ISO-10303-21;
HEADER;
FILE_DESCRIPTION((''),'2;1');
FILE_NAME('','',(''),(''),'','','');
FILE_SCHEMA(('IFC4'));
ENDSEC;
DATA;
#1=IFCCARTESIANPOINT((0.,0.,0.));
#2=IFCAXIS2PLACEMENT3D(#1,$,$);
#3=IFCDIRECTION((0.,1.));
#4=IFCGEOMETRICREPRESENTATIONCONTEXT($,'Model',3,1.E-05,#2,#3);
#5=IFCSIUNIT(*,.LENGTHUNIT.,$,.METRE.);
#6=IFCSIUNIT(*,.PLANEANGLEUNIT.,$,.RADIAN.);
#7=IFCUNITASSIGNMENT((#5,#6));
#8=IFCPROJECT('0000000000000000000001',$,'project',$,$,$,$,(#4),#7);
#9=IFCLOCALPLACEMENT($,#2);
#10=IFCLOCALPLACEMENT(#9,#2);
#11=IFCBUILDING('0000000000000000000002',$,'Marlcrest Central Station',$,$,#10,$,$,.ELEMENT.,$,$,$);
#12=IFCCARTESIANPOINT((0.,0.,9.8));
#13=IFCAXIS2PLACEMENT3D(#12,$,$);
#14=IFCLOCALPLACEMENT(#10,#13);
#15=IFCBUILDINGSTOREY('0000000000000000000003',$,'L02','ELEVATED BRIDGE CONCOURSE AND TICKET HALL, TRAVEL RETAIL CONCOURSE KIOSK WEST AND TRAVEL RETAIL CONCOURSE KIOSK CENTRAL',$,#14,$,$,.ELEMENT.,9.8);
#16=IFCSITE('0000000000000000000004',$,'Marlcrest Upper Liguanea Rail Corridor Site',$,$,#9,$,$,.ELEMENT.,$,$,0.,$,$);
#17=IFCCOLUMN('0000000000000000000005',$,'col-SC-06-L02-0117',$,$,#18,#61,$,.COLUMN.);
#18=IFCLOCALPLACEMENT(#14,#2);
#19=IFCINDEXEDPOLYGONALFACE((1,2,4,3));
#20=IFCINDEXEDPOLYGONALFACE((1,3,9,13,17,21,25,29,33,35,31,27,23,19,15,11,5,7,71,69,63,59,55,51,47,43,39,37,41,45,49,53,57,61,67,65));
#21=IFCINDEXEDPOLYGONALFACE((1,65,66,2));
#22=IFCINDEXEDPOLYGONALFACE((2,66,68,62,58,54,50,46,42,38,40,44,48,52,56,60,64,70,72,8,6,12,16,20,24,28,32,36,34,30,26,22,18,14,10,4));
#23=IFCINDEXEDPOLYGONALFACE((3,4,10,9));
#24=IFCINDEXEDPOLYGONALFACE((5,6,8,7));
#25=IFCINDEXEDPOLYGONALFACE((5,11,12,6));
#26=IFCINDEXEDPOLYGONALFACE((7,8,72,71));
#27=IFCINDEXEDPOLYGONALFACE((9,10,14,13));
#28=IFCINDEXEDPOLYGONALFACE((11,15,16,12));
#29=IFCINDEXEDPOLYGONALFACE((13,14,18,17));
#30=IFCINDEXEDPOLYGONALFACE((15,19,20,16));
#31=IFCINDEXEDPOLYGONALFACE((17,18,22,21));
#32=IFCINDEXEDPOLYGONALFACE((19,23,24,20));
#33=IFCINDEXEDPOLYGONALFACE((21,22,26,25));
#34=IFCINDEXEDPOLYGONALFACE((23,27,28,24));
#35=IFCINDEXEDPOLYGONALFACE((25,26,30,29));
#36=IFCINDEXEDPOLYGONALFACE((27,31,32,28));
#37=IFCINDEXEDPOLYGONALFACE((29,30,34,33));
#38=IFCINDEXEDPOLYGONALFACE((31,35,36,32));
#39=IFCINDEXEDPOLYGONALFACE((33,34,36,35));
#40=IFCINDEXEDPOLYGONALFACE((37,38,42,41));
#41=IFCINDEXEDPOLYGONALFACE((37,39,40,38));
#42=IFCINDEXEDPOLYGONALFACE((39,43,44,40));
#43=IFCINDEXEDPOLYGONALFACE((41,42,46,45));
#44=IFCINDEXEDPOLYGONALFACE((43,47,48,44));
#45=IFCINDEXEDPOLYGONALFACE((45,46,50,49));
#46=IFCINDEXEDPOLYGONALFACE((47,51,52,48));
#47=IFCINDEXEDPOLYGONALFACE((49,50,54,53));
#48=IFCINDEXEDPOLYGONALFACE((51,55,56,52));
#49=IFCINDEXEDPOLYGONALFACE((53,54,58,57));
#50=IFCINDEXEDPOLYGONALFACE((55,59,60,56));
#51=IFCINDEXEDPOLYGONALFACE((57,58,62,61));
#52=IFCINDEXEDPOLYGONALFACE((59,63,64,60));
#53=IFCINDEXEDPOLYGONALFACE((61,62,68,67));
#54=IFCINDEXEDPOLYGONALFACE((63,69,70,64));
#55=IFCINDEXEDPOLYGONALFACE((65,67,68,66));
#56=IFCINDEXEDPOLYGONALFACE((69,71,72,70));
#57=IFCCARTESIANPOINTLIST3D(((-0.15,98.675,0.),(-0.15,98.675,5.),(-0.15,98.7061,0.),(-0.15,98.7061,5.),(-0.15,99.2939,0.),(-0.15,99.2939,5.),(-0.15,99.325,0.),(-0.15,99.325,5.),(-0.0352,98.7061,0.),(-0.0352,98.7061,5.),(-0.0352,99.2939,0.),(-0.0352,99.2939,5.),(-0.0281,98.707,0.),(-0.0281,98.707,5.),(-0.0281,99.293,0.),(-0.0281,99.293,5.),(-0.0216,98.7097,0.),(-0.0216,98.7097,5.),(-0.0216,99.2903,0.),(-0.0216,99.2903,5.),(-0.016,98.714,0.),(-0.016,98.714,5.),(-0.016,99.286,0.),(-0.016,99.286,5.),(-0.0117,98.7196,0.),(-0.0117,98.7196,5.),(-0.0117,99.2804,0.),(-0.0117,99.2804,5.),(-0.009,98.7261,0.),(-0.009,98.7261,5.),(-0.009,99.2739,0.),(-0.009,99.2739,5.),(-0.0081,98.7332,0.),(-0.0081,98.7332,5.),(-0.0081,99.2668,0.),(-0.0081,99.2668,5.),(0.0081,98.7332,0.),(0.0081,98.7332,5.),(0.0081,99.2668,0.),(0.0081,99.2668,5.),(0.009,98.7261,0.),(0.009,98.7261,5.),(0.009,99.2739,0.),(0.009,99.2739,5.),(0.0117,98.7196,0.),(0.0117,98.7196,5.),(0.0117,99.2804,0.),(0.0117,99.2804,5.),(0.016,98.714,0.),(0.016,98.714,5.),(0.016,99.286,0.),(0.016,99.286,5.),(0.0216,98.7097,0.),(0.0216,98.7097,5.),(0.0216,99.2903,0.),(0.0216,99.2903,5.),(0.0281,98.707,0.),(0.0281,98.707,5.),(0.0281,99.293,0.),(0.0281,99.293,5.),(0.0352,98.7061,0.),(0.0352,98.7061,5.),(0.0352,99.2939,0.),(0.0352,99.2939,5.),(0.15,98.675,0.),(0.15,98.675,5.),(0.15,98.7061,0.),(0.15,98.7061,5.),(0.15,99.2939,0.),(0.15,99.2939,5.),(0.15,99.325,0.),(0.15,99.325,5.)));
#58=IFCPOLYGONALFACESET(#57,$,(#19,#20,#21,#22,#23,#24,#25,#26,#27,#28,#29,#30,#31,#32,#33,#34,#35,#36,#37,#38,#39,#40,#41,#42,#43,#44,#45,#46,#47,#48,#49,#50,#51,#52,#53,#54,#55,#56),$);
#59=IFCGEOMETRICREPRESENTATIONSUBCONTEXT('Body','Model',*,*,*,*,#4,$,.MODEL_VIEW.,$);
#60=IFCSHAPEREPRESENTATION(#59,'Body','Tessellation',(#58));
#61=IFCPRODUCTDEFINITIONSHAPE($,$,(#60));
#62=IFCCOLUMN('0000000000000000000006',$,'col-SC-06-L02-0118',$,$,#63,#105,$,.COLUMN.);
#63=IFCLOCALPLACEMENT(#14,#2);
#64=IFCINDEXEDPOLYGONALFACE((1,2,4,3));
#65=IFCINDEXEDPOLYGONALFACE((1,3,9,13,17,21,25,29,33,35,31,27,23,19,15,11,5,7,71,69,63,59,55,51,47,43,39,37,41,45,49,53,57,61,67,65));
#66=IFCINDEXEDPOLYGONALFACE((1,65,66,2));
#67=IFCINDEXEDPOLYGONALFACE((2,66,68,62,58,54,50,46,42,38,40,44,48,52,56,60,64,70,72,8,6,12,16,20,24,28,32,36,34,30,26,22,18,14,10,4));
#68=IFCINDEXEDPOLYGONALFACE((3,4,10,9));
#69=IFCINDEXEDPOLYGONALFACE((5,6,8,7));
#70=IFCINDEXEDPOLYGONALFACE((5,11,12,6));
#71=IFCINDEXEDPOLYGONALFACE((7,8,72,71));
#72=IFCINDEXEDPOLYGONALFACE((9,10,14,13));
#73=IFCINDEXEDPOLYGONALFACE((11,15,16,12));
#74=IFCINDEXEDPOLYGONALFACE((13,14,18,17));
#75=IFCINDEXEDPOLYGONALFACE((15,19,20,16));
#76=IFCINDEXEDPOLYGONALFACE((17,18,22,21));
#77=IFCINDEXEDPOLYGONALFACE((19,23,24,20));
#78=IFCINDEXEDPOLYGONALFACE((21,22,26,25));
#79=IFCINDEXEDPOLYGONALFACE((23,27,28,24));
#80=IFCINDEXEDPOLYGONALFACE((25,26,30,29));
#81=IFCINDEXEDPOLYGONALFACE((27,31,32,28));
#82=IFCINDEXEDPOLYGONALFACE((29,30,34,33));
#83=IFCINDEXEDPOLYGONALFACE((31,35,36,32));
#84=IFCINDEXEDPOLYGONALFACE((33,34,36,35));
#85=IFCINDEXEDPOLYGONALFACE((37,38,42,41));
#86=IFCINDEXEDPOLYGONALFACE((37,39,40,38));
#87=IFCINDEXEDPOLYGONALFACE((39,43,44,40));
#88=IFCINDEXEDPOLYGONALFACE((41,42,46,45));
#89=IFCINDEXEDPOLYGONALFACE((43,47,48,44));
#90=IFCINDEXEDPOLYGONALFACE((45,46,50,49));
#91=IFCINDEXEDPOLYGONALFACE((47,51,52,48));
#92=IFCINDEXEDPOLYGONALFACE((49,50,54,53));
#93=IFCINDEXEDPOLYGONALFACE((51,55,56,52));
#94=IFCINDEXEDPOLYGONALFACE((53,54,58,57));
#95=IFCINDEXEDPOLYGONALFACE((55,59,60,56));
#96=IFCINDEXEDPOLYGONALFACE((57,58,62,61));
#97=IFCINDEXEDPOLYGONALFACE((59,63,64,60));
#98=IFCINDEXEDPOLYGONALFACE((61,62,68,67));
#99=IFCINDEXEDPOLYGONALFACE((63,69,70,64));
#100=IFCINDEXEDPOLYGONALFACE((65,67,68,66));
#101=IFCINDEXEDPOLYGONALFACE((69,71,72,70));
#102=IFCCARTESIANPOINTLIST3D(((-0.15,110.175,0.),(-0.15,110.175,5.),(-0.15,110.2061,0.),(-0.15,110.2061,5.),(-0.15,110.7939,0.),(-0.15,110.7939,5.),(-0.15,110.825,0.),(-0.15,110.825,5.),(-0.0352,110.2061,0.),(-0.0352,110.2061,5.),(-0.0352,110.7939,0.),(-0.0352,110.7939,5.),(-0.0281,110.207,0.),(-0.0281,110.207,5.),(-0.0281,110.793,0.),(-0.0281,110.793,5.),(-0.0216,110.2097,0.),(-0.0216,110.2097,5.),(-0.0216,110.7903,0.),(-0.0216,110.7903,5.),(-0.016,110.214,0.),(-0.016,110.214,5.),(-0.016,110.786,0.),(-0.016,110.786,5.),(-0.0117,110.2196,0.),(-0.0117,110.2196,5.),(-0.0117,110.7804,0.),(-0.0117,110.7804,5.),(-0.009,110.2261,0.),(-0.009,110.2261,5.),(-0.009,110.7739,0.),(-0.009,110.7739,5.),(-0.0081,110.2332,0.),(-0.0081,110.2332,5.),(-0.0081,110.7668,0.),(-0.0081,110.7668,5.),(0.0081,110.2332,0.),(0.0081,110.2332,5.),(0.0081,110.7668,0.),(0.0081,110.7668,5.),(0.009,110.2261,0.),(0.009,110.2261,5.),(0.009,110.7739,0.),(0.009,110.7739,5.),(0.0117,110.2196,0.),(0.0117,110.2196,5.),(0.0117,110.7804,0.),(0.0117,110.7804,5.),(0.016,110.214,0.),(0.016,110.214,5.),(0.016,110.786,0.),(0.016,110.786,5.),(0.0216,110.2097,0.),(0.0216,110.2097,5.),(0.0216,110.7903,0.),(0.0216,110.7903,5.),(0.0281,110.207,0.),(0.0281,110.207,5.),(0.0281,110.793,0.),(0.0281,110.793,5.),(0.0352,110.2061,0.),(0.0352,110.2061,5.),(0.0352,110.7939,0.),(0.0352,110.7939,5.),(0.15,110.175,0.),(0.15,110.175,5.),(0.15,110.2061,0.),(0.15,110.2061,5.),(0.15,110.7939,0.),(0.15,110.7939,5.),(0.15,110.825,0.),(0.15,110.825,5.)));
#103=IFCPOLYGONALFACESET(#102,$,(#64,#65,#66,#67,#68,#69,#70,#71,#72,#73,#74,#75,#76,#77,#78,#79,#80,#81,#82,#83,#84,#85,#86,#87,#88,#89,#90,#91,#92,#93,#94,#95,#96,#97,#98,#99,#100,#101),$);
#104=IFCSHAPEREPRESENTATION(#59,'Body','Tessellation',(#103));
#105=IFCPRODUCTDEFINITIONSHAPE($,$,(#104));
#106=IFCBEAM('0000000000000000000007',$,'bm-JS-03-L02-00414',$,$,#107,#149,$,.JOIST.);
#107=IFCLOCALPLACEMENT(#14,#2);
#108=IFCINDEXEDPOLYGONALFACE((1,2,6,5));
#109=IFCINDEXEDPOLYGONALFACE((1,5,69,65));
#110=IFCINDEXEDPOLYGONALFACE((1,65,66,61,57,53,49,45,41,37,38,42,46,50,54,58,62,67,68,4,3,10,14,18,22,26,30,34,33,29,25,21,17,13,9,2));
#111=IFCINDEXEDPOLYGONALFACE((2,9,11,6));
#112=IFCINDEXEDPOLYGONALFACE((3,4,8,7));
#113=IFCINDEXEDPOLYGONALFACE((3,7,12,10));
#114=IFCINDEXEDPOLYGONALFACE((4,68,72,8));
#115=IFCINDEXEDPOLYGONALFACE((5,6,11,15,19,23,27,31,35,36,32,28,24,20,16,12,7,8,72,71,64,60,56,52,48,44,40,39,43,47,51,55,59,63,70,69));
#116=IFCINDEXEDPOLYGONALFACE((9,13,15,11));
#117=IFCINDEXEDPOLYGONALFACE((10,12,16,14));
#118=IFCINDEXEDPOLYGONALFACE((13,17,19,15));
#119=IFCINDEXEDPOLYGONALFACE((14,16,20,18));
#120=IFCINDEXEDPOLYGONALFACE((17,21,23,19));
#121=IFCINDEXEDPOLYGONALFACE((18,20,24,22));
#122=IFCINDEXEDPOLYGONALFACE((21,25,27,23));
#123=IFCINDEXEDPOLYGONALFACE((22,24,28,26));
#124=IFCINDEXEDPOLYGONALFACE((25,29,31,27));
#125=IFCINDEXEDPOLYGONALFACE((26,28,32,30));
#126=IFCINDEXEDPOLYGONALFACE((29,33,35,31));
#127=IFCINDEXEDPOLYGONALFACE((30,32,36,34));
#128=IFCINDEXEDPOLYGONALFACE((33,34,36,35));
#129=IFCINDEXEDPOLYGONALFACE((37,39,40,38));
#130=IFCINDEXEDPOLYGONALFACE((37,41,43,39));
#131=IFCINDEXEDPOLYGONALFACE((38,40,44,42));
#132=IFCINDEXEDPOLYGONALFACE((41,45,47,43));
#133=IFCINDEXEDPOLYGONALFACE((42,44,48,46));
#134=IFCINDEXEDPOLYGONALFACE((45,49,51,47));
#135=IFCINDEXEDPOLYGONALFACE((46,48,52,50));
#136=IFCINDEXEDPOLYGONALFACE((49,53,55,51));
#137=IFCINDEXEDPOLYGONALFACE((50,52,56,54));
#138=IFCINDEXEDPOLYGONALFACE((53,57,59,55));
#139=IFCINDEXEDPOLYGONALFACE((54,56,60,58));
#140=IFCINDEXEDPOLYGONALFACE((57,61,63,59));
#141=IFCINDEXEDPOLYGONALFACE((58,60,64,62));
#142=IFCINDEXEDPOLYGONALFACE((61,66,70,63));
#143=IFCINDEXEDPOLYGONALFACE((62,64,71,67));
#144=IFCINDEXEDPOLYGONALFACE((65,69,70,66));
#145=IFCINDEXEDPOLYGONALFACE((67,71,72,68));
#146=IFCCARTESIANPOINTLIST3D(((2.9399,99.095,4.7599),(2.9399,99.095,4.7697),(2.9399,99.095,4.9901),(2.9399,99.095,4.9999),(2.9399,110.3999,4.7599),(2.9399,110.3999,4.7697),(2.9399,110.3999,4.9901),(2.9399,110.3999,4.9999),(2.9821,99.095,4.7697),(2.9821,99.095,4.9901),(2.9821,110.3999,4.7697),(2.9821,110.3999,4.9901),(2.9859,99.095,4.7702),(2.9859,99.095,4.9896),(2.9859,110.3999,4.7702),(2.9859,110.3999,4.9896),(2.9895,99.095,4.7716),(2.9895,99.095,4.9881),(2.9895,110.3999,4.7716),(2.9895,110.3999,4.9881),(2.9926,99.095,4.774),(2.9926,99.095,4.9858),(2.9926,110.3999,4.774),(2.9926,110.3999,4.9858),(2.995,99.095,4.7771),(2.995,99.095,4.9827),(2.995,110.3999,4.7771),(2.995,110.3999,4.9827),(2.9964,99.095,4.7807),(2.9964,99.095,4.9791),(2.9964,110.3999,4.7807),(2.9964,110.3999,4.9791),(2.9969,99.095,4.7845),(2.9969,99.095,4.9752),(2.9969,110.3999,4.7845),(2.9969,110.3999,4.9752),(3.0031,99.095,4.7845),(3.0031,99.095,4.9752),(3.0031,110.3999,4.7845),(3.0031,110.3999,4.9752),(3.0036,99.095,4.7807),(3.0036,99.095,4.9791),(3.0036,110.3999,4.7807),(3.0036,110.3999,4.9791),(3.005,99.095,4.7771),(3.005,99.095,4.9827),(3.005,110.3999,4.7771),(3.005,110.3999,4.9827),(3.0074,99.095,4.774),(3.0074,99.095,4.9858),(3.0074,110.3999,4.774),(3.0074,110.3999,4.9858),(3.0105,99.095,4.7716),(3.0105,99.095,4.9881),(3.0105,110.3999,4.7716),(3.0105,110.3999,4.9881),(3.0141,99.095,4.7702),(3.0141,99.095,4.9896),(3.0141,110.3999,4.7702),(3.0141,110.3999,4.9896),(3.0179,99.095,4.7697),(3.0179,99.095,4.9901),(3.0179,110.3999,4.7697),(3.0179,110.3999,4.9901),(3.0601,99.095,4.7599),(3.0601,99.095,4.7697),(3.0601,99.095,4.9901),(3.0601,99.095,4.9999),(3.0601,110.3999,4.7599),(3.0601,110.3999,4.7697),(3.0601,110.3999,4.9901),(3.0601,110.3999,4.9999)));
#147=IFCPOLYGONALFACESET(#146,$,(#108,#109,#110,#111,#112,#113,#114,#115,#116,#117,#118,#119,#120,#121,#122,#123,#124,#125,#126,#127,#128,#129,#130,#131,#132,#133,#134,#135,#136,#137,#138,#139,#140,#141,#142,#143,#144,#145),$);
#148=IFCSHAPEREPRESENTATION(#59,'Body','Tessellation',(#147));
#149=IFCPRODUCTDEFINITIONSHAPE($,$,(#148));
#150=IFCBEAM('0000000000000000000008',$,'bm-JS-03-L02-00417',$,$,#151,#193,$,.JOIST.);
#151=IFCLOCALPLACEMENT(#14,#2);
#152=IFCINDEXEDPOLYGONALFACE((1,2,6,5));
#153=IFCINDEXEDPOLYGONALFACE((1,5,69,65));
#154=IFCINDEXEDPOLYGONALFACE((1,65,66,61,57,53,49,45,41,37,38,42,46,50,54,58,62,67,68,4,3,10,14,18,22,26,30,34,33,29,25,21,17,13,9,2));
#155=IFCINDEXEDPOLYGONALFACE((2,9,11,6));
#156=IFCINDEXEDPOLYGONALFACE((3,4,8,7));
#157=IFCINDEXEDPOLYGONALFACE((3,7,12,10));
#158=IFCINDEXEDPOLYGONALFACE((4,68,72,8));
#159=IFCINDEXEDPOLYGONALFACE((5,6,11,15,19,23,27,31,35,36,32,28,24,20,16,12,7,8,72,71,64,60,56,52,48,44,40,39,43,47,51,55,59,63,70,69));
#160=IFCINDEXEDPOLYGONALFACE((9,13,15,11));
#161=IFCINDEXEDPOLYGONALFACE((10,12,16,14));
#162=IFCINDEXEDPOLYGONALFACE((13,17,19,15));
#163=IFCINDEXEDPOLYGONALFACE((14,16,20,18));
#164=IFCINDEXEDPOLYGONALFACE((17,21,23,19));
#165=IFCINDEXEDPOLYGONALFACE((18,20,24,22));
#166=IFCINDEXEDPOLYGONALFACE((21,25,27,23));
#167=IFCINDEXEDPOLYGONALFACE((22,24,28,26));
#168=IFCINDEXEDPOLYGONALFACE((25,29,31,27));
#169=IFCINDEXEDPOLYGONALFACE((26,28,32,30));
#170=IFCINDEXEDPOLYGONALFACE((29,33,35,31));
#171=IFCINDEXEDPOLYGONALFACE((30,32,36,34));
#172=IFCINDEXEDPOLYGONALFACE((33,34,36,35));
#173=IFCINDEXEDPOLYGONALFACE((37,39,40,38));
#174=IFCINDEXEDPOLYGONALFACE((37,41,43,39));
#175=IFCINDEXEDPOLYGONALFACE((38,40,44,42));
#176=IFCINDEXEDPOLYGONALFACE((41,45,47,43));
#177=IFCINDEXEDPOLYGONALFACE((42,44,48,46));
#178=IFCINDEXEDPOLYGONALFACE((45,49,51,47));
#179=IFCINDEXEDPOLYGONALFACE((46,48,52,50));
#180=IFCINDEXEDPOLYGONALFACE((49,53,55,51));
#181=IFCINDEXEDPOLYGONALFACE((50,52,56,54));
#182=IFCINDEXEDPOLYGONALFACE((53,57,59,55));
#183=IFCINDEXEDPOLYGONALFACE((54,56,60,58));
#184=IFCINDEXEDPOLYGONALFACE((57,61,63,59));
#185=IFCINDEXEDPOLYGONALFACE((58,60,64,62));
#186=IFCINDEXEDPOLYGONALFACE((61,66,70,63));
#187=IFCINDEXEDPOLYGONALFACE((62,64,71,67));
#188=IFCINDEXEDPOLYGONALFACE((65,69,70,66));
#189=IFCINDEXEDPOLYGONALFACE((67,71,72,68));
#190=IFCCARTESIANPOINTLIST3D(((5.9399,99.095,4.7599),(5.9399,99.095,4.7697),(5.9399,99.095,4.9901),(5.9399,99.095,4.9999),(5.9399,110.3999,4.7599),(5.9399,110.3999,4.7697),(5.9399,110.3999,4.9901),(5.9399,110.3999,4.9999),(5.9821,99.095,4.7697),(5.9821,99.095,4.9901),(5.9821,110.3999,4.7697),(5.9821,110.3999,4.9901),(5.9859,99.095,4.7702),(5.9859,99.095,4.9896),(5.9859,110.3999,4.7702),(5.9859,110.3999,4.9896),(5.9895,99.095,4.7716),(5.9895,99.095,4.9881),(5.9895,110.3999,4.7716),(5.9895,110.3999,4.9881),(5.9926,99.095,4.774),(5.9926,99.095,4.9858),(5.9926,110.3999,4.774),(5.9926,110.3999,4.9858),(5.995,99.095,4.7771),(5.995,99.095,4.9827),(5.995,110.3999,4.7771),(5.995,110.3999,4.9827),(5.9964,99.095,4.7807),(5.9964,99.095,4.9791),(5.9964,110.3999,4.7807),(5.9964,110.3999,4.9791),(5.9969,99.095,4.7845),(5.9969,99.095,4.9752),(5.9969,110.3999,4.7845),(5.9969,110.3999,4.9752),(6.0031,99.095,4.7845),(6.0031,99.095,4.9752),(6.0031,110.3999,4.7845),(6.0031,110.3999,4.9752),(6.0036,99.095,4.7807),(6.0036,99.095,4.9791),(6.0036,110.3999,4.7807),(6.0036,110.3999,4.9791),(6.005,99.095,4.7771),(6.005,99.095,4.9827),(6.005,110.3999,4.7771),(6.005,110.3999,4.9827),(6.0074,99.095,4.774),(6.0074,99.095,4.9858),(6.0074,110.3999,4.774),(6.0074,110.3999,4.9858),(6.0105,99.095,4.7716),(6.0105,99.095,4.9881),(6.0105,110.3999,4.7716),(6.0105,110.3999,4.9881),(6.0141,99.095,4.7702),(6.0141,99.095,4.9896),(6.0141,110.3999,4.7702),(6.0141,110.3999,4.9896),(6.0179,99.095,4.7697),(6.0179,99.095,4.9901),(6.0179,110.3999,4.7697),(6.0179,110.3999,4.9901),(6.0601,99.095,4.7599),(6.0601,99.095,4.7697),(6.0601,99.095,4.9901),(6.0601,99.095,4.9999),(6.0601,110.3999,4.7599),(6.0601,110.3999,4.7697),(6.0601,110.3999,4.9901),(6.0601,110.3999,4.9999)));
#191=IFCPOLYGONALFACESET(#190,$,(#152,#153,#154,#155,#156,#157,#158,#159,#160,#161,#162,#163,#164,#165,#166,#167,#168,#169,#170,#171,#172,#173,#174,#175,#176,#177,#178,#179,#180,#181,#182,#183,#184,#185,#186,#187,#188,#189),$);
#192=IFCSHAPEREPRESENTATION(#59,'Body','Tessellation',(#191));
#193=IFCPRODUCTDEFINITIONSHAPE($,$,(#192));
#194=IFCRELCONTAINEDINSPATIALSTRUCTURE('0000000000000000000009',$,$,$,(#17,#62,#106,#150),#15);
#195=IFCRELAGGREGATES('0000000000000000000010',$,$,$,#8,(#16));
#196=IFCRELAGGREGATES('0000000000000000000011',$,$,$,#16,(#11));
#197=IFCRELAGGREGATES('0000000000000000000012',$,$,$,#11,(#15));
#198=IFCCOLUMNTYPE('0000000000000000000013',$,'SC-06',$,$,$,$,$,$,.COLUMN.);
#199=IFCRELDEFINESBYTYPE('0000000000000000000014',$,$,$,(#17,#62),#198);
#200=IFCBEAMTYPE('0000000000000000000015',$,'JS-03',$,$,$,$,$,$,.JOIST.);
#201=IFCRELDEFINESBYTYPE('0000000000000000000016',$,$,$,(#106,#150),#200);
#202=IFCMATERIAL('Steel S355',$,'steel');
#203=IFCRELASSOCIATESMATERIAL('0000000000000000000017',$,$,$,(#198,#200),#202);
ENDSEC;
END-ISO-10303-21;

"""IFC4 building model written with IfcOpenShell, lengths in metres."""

from ifc_helpers import new_model, si_unit, direction, frame, origin, origin_2d, place, context, subcontext, project, spatial, i_section, extrude, material, material_profile, profile_set, type_object, element, save


model = new_model("IFC4")

# Units and contexts
model_context = context("Model", 3, precision=1e-05, world=origin(), true_north=direction((0.0, 1.0)))
body_context = subcontext(model_context, "Body", "Model", "MODEL_VIEW")
ifc_project = project(units=[si_unit("LENGTHUNIT", "METRE"), si_unit("PLANEANGLEUNIT", "RADIAN")], contexts=[model_context])

# Site, building, storey
site_placement = place(None, origin())
site = spatial("IfcSite", under=ifc_project, at=site_placement, Name="Marlcrest Upper Liguanea Rail Corridor Site", CompositionType="ELEMENT", RefElevation=0.0)
building_placement = place(site_placement, origin())
building = spatial("IfcBuilding", under=site, at=building_placement, Name="Marlcrest Central Station", CompositionType="ELEMENT")
storey_placement = place(building_placement, frame((0.0, 0.0, 9.8)))
storey = spatial("IfcBuildingStorey", under=building, at=storey_placement, Name="L02", Description="ELEVATED BRIDGE CONCOURSE AND TICKET HALL, TRAVEL RETAIL CONCOURSE KIOSK WEST AND TRAVEL RETAIL CONCOURSE KIOSK CENTRAL", CompositionType="ELEMENT", Elevation=9.8)

# Columns
ifc_material_1 = material(Name="Steel S355", Category="steel")
ifc_material_profile_1 = material_profile(ifc_material_1, i_section(OverallWidth=0.3, OverallDepth=0.6499, WebThickness=0.0161, FlangeThickness=0.031, FilletRadius=0.0271, at=origin_2d()), Name="HEB 650")
ifc_profile_set_1 = profile_set([ifc_material_profile_1], Name="Steel S355")
column_type = type_object("IfcColumnType", Name="SC-06", PredefinedType="COLUMN", material=ifc_profile_set_1)
for number, where, z_axis, x_axis, name in (
    (1, (0.0, 99.0, 0.0), (0.0, 0.0, 1.0), (1.0, 0.0, 0.0), "col-SC-06-L02-0117"),
    (2, (0.0, 110.5, 0.0), (0.0, 0.0, 1.0), (1.0, 0.0, 0.0), "col-SC-06-L02-0118"),
):
    element("IfcColumn", number, at=place(storey_placement, frame(where, z_axis=z_axis, x_axis=x_axis)), inside=storey, type_object=column_type, Name=name, PredefinedType="COLUMN", context=body_context, shape_type="SweptSolid", body=[
        extrude(i_section(OverallWidth=0.3, OverallDepth=0.6499, WebThickness=0.0161, FlangeThickness=0.031, FilletRadius=0.0271, at=origin_2d()), origin(), (0.0, 0.0, 1.0), 5.0),
    ])

# Beams
ifc_material_profile_2 = material_profile(ifc_material_1, i_section(OverallWidth=0.1201, OverallDepth=0.24, WebThickness=0.0061, FlangeThickness=0.0098, FilletRadius=0.0149, at=origin_2d()), Name="IPE 240")
ifc_profile_set_2 = profile_set([ifc_material_profile_2], Name="Steel S355")
beam_type_1 = type_object("IfcBeamType", Name="JS-03", PredefinedType="JOIST", material=ifc_profile_set_2)
for number, where, z_axis, x_axis, name in (
    (3, (3.0, 99.095, 4.8799), (0.0, 1.0, 0.0), (-1.0, 0.0, 0.0), "bm-JS-03-L02-00414"),
    (4, (6.0, 99.095, 4.8799), (0.0, 1.0, 0.0), (-1.0, 0.0, 0.0), "bm-JS-03-L02-00417"),
):
    element("IfcBeam", number, at=place(storey_placement, frame(where, z_axis=z_axis, x_axis=x_axis)), inside=storey, type_object=beam_type_1, Name=name, PredefinedType="JOIST", context=body_context, shape_type="SweptSolid", body=[
        extrude(i_section(OverallWidth=0.1201, OverallDepth=0.24, WebThickness=0.0061, FlangeThickness=0.0098, FilletRadius=0.0149, at=origin_2d()), origin(), (0.0, 0.0, 1.0), 11.3049),
    ])

save(model, "model.ifc")
